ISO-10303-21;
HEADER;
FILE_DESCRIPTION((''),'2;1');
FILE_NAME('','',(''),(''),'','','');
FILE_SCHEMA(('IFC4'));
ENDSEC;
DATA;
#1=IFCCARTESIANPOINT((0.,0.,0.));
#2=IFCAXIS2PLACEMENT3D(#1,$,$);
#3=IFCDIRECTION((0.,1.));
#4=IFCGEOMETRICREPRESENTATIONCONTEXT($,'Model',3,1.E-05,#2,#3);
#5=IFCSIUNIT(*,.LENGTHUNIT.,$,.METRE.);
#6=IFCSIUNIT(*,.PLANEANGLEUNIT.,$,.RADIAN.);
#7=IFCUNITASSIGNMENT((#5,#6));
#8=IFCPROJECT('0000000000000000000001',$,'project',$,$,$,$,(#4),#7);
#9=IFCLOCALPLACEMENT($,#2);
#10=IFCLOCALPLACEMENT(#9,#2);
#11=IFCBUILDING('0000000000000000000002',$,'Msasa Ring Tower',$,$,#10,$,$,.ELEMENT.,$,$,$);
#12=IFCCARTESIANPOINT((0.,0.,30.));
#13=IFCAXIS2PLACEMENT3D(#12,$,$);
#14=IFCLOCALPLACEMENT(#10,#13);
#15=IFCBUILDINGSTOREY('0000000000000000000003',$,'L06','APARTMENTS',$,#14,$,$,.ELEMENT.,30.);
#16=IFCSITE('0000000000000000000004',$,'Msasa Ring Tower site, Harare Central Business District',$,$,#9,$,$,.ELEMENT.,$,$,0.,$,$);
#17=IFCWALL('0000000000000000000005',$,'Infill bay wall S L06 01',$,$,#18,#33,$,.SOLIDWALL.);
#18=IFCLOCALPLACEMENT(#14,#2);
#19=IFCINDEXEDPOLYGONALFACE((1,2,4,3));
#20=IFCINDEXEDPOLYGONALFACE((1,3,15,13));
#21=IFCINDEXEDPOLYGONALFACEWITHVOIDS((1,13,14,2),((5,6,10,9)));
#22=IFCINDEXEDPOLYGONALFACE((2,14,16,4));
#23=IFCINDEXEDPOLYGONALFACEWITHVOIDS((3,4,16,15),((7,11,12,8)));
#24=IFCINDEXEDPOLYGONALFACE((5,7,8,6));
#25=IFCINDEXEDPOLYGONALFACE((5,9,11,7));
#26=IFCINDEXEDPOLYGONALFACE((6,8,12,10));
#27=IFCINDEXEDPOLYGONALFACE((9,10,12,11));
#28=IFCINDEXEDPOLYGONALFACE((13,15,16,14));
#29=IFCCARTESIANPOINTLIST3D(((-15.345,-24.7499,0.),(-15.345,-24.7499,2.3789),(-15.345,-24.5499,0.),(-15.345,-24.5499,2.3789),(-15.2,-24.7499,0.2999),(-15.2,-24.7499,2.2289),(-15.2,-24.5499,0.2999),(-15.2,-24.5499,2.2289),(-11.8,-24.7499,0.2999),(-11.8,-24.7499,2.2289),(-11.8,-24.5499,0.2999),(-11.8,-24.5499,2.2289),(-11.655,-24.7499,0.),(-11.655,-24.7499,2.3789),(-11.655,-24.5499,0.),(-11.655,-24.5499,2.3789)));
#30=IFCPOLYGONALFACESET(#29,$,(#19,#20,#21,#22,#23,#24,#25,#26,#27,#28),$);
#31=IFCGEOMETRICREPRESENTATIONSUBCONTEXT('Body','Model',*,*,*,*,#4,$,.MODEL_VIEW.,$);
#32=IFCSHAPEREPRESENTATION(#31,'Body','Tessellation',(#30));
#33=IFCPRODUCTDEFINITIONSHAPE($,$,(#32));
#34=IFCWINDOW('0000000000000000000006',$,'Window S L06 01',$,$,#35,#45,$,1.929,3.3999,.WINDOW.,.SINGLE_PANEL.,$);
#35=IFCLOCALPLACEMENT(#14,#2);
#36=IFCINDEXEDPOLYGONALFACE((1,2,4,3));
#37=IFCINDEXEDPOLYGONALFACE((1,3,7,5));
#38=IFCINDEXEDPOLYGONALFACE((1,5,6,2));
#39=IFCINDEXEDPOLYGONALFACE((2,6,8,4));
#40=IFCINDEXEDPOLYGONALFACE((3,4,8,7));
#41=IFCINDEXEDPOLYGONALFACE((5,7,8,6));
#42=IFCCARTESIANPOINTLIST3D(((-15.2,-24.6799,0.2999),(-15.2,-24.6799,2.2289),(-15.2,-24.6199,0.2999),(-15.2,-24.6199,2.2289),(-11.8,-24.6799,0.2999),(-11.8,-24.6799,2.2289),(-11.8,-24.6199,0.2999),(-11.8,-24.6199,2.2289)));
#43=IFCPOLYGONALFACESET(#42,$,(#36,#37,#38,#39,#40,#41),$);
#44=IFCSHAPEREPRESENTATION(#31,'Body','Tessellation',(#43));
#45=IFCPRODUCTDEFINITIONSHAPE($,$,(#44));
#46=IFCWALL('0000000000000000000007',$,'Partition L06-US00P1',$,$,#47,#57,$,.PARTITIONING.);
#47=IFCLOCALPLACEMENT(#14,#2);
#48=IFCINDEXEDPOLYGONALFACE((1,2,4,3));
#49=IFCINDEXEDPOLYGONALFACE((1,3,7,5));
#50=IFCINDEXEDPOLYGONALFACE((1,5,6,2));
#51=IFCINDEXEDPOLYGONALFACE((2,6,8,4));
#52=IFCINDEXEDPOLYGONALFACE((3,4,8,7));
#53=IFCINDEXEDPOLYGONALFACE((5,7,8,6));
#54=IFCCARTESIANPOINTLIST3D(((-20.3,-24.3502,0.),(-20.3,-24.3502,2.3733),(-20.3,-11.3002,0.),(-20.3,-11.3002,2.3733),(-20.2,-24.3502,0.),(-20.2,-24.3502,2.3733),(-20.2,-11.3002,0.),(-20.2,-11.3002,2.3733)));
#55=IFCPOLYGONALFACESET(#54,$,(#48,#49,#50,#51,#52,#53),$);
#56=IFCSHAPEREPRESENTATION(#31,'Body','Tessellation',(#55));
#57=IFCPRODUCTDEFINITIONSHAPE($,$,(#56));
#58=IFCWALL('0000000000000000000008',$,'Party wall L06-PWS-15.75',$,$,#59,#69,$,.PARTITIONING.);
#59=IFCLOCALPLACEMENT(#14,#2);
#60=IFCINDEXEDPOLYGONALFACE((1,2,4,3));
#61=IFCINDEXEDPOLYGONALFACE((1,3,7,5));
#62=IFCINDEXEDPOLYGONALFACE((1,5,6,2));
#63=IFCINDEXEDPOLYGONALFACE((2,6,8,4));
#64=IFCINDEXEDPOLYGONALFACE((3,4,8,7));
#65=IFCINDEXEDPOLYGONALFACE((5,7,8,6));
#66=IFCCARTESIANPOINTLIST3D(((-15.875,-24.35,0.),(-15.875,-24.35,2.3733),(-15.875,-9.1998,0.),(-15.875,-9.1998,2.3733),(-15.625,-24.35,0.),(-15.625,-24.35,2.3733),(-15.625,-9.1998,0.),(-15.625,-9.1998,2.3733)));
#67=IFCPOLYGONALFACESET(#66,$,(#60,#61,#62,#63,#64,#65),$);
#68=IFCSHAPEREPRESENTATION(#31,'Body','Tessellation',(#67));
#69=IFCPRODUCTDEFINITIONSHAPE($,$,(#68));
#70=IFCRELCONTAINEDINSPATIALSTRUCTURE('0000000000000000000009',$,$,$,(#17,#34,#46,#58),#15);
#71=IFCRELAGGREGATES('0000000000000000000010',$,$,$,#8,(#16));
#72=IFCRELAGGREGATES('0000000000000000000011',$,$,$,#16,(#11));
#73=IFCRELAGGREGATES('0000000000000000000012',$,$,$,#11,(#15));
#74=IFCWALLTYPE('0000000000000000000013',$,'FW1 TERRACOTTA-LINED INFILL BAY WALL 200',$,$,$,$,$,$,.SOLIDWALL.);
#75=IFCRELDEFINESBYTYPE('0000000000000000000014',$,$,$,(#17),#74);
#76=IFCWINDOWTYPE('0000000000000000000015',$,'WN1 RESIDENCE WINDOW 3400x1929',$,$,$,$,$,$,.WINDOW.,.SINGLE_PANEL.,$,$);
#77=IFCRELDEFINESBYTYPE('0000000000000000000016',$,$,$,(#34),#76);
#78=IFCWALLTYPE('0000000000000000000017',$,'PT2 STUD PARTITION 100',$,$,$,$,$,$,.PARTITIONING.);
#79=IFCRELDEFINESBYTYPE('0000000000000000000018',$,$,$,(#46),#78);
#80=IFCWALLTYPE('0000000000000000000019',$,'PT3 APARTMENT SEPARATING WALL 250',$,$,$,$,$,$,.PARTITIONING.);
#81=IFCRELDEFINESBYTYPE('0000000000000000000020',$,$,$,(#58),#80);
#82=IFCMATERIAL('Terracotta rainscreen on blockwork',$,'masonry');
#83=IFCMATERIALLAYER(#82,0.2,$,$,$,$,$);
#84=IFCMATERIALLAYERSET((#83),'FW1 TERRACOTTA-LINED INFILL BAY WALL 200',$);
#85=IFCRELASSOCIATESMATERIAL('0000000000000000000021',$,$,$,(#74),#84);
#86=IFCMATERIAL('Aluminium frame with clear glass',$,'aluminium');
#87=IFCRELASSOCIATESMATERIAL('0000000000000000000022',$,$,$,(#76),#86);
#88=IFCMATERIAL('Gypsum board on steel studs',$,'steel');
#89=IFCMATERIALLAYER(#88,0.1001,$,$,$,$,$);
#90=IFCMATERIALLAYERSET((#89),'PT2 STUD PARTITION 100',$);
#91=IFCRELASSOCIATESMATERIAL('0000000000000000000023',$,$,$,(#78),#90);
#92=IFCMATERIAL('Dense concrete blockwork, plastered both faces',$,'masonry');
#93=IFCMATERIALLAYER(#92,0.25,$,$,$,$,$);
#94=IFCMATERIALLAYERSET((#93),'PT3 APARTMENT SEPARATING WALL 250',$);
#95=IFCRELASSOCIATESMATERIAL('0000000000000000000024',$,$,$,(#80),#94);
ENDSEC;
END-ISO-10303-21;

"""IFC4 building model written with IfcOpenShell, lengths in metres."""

from ifc_helpers import new_model, si_unit, direction, frame, frame_2d, origin, place, context, subcontext, project, spatial, rectangle, extrude, material, layer, layer_set, type_object, element, fill, save


model = new_model("IFC4")

# Units and contexts
model_context = context("Model", 3, precision=1e-05, world=origin(), true_north=direction((0.0, 1.0)))
body_context = subcontext(model_context, "Body", "Model", "MODEL_VIEW")
ifc_project = project(units=[si_unit("LENGTHUNIT", "METRE"), si_unit("PLANEANGLEUNIT", "RADIAN")], contexts=[model_context])

# Site, building, storey
site_placement = place(None, origin())
site = spatial("IfcSite", under=ifc_project, at=site_placement, Name="Msasa Ring Tower site, Harare Central Business District", CompositionType="ELEMENT", RefElevation=0.0)
building_placement = place(site_placement, origin())
building = spatial("IfcBuilding", under=site, at=building_placement, Name="Msasa Ring Tower", CompositionType="ELEMENT")
storey_placement = place(building_placement, frame((0.0, 0.0, 30.0)))
storey = spatial("IfcBuildingStorey", under=building, at=storey_placement, Name="L06", Description="APARTMENTS", CompositionType="ELEMENT", Elevation=30.0)

# Wall, opening, window
ifc_material_1 = material(Name="Terracotta rainscreen on blockwork", Category="masonry")
ifc_layer_1 = layer(ifc_material_1, 0.2)
ifc_layer_set_1 = layer_set([ifc_layer_1], Name="FW1 TERRACOTTA-LINED INFILL BAY WALL 200")
wall_type_1 = type_object("IfcWallType", Name="FW1 TERRACOTTA-LINED INFILL BAY WALL 200", PredefinedType="SOLIDWALL", material=ifc_layer_set_1)
ifc_material_2 = material(Name="Aluminium frame with clear glass", Category="aluminium")
window_type = type_object("IfcWindowType", Name="WN1 RESIDENCE WINDOW 3400x1929", PartitioningType="SINGLE_PANEL", PredefinedType="WINDOW", material=ifc_material_2)
wall_1_placement = place(storey_placement, frame((-15.345, -24.6499, 0.0), z_axis=(0.0, 0.0, 1.0), x_axis=(1.0, 0.0, 0.0)))
wall_1 = element("IfcWall", 1, at=wall_1_placement, inside=storey, type_object=wall_type_1, Name="Infill bay wall S L06 01", PredefinedType="SOLIDWALL", context=body_context, shape_type="SweptSolid", body=[
    extrude(rectangle(XDim=3.6899, YDim=0.2, at=frame_2d((1.845, 0.0))), origin(), (0.0, 0.0, 1.0), 2.3789),
])
opening_1_placement = place(wall_1_placement, frame((0.145, 0.0, 0.3)))
opening_1 = element("IfcOpeningElement", 2, at=opening_1_placement, cuts=wall_1, PredefinedType="OPENING", context=body_context, shape_type="SweptSolid", body=[
    extrude(rectangle(XDim=3.3999, YDim=1.929, at=frame_2d((1.7, 0.9644))), frame((0.0, 0.1099, 0.0), z_axis=(0.0, -1.0, 0.0), x_axis=(1.0, 0.0, 0.0)), (0.0, 0.0, 1.0), 0.22),
])
window_1_placement = place(opening_1_placement, origin())
window_1 = element("IfcWindow", 3, at=window_1_placement, inside=storey, type_object=window_type, Name="Window S L06 01", OverallHeight=1.929, OverallWidth=3.3999, PartitioningType="SINGLE_PANEL", PredefinedType="WINDOW", context=body_context, shape_type="SweptSolid", body=[
    extrude(rectangle(XDim=3.3999, YDim=1.929, at=frame_2d((1.7, 0.9644))), frame((0.0, 0.03, 0.0), z_axis=(0.0, -1.0, 0.0), x_axis=(1.0, 0.0, 0.0)), (0.0, 0.0, 1.0), 0.0601),
])
fill(opening_1, window_1)

# Walls
ifc_material_3 = material(Name="Gypsum board on steel studs", Category="steel")
ifc_layer_2 = layer(ifc_material_3, 0.1001)
ifc_layer_set_2 = layer_set([ifc_layer_2], Name="PT2 STUD PARTITION 100")
wall_type_2 = type_object("IfcWallType", Name="PT2 STUD PARTITION 100", PredefinedType="PARTITIONING", material=ifc_layer_set_2)
wall_2_placement = place(storey_placement, frame((-20.25, -24.3501, 0.0), z_axis=(0.0, 0.0, 1.0), x_axis=(0.0, 1.0, 0.0)))
element("IfcWall", 4, at=wall_2_placement, inside=storey, type_object=wall_type_2, Name="Partition L06-US00P1", PredefinedType="PARTITIONING", context=body_context, shape_type="SweptSolid", body=[
    extrude(rectangle(XDim=13.05, YDim=0.1001, at=frame_2d((6.5249, 0.0))), origin(), (0.0, 0.0, 1.0), 2.3733),
])
ifc_material_4 = material(Name="Dense concrete blockwork, plastered both faces", Category="masonry")
ifc_layer_3 = layer(ifc_material_4, 0.25)
ifc_layer_set_3 = layer_set([ifc_layer_3], Name="PT3 APARTMENT SEPARATING WALL 250")
wall_type_3 = type_object("IfcWallType", Name="PT3 APARTMENT SEPARATING WALL 250", PredefinedType="PARTITIONING", material=ifc_layer_set_3)
wall_3_placement = place(storey_placement, frame((-15.75, -24.3501, 0.0), z_axis=(0.0, 0.0, 1.0), x_axis=(0.0, 1.0, 0.0)))
element("IfcWall", 5, at=wall_3_placement, inside=storey, type_object=wall_type_3, Name="Party wall L06-PWS-15.75", PredefinedType="PARTITIONING", context=body_context, shape_type="SweptSolid", body=[
    extrude(rectangle(XDim=15.1501, YDim=0.25, at=frame_2d((7.5752, 0.0))), origin(), (0.0, 0.0, 1.0), 2.3733),
])

save(model, "model.ifc")
